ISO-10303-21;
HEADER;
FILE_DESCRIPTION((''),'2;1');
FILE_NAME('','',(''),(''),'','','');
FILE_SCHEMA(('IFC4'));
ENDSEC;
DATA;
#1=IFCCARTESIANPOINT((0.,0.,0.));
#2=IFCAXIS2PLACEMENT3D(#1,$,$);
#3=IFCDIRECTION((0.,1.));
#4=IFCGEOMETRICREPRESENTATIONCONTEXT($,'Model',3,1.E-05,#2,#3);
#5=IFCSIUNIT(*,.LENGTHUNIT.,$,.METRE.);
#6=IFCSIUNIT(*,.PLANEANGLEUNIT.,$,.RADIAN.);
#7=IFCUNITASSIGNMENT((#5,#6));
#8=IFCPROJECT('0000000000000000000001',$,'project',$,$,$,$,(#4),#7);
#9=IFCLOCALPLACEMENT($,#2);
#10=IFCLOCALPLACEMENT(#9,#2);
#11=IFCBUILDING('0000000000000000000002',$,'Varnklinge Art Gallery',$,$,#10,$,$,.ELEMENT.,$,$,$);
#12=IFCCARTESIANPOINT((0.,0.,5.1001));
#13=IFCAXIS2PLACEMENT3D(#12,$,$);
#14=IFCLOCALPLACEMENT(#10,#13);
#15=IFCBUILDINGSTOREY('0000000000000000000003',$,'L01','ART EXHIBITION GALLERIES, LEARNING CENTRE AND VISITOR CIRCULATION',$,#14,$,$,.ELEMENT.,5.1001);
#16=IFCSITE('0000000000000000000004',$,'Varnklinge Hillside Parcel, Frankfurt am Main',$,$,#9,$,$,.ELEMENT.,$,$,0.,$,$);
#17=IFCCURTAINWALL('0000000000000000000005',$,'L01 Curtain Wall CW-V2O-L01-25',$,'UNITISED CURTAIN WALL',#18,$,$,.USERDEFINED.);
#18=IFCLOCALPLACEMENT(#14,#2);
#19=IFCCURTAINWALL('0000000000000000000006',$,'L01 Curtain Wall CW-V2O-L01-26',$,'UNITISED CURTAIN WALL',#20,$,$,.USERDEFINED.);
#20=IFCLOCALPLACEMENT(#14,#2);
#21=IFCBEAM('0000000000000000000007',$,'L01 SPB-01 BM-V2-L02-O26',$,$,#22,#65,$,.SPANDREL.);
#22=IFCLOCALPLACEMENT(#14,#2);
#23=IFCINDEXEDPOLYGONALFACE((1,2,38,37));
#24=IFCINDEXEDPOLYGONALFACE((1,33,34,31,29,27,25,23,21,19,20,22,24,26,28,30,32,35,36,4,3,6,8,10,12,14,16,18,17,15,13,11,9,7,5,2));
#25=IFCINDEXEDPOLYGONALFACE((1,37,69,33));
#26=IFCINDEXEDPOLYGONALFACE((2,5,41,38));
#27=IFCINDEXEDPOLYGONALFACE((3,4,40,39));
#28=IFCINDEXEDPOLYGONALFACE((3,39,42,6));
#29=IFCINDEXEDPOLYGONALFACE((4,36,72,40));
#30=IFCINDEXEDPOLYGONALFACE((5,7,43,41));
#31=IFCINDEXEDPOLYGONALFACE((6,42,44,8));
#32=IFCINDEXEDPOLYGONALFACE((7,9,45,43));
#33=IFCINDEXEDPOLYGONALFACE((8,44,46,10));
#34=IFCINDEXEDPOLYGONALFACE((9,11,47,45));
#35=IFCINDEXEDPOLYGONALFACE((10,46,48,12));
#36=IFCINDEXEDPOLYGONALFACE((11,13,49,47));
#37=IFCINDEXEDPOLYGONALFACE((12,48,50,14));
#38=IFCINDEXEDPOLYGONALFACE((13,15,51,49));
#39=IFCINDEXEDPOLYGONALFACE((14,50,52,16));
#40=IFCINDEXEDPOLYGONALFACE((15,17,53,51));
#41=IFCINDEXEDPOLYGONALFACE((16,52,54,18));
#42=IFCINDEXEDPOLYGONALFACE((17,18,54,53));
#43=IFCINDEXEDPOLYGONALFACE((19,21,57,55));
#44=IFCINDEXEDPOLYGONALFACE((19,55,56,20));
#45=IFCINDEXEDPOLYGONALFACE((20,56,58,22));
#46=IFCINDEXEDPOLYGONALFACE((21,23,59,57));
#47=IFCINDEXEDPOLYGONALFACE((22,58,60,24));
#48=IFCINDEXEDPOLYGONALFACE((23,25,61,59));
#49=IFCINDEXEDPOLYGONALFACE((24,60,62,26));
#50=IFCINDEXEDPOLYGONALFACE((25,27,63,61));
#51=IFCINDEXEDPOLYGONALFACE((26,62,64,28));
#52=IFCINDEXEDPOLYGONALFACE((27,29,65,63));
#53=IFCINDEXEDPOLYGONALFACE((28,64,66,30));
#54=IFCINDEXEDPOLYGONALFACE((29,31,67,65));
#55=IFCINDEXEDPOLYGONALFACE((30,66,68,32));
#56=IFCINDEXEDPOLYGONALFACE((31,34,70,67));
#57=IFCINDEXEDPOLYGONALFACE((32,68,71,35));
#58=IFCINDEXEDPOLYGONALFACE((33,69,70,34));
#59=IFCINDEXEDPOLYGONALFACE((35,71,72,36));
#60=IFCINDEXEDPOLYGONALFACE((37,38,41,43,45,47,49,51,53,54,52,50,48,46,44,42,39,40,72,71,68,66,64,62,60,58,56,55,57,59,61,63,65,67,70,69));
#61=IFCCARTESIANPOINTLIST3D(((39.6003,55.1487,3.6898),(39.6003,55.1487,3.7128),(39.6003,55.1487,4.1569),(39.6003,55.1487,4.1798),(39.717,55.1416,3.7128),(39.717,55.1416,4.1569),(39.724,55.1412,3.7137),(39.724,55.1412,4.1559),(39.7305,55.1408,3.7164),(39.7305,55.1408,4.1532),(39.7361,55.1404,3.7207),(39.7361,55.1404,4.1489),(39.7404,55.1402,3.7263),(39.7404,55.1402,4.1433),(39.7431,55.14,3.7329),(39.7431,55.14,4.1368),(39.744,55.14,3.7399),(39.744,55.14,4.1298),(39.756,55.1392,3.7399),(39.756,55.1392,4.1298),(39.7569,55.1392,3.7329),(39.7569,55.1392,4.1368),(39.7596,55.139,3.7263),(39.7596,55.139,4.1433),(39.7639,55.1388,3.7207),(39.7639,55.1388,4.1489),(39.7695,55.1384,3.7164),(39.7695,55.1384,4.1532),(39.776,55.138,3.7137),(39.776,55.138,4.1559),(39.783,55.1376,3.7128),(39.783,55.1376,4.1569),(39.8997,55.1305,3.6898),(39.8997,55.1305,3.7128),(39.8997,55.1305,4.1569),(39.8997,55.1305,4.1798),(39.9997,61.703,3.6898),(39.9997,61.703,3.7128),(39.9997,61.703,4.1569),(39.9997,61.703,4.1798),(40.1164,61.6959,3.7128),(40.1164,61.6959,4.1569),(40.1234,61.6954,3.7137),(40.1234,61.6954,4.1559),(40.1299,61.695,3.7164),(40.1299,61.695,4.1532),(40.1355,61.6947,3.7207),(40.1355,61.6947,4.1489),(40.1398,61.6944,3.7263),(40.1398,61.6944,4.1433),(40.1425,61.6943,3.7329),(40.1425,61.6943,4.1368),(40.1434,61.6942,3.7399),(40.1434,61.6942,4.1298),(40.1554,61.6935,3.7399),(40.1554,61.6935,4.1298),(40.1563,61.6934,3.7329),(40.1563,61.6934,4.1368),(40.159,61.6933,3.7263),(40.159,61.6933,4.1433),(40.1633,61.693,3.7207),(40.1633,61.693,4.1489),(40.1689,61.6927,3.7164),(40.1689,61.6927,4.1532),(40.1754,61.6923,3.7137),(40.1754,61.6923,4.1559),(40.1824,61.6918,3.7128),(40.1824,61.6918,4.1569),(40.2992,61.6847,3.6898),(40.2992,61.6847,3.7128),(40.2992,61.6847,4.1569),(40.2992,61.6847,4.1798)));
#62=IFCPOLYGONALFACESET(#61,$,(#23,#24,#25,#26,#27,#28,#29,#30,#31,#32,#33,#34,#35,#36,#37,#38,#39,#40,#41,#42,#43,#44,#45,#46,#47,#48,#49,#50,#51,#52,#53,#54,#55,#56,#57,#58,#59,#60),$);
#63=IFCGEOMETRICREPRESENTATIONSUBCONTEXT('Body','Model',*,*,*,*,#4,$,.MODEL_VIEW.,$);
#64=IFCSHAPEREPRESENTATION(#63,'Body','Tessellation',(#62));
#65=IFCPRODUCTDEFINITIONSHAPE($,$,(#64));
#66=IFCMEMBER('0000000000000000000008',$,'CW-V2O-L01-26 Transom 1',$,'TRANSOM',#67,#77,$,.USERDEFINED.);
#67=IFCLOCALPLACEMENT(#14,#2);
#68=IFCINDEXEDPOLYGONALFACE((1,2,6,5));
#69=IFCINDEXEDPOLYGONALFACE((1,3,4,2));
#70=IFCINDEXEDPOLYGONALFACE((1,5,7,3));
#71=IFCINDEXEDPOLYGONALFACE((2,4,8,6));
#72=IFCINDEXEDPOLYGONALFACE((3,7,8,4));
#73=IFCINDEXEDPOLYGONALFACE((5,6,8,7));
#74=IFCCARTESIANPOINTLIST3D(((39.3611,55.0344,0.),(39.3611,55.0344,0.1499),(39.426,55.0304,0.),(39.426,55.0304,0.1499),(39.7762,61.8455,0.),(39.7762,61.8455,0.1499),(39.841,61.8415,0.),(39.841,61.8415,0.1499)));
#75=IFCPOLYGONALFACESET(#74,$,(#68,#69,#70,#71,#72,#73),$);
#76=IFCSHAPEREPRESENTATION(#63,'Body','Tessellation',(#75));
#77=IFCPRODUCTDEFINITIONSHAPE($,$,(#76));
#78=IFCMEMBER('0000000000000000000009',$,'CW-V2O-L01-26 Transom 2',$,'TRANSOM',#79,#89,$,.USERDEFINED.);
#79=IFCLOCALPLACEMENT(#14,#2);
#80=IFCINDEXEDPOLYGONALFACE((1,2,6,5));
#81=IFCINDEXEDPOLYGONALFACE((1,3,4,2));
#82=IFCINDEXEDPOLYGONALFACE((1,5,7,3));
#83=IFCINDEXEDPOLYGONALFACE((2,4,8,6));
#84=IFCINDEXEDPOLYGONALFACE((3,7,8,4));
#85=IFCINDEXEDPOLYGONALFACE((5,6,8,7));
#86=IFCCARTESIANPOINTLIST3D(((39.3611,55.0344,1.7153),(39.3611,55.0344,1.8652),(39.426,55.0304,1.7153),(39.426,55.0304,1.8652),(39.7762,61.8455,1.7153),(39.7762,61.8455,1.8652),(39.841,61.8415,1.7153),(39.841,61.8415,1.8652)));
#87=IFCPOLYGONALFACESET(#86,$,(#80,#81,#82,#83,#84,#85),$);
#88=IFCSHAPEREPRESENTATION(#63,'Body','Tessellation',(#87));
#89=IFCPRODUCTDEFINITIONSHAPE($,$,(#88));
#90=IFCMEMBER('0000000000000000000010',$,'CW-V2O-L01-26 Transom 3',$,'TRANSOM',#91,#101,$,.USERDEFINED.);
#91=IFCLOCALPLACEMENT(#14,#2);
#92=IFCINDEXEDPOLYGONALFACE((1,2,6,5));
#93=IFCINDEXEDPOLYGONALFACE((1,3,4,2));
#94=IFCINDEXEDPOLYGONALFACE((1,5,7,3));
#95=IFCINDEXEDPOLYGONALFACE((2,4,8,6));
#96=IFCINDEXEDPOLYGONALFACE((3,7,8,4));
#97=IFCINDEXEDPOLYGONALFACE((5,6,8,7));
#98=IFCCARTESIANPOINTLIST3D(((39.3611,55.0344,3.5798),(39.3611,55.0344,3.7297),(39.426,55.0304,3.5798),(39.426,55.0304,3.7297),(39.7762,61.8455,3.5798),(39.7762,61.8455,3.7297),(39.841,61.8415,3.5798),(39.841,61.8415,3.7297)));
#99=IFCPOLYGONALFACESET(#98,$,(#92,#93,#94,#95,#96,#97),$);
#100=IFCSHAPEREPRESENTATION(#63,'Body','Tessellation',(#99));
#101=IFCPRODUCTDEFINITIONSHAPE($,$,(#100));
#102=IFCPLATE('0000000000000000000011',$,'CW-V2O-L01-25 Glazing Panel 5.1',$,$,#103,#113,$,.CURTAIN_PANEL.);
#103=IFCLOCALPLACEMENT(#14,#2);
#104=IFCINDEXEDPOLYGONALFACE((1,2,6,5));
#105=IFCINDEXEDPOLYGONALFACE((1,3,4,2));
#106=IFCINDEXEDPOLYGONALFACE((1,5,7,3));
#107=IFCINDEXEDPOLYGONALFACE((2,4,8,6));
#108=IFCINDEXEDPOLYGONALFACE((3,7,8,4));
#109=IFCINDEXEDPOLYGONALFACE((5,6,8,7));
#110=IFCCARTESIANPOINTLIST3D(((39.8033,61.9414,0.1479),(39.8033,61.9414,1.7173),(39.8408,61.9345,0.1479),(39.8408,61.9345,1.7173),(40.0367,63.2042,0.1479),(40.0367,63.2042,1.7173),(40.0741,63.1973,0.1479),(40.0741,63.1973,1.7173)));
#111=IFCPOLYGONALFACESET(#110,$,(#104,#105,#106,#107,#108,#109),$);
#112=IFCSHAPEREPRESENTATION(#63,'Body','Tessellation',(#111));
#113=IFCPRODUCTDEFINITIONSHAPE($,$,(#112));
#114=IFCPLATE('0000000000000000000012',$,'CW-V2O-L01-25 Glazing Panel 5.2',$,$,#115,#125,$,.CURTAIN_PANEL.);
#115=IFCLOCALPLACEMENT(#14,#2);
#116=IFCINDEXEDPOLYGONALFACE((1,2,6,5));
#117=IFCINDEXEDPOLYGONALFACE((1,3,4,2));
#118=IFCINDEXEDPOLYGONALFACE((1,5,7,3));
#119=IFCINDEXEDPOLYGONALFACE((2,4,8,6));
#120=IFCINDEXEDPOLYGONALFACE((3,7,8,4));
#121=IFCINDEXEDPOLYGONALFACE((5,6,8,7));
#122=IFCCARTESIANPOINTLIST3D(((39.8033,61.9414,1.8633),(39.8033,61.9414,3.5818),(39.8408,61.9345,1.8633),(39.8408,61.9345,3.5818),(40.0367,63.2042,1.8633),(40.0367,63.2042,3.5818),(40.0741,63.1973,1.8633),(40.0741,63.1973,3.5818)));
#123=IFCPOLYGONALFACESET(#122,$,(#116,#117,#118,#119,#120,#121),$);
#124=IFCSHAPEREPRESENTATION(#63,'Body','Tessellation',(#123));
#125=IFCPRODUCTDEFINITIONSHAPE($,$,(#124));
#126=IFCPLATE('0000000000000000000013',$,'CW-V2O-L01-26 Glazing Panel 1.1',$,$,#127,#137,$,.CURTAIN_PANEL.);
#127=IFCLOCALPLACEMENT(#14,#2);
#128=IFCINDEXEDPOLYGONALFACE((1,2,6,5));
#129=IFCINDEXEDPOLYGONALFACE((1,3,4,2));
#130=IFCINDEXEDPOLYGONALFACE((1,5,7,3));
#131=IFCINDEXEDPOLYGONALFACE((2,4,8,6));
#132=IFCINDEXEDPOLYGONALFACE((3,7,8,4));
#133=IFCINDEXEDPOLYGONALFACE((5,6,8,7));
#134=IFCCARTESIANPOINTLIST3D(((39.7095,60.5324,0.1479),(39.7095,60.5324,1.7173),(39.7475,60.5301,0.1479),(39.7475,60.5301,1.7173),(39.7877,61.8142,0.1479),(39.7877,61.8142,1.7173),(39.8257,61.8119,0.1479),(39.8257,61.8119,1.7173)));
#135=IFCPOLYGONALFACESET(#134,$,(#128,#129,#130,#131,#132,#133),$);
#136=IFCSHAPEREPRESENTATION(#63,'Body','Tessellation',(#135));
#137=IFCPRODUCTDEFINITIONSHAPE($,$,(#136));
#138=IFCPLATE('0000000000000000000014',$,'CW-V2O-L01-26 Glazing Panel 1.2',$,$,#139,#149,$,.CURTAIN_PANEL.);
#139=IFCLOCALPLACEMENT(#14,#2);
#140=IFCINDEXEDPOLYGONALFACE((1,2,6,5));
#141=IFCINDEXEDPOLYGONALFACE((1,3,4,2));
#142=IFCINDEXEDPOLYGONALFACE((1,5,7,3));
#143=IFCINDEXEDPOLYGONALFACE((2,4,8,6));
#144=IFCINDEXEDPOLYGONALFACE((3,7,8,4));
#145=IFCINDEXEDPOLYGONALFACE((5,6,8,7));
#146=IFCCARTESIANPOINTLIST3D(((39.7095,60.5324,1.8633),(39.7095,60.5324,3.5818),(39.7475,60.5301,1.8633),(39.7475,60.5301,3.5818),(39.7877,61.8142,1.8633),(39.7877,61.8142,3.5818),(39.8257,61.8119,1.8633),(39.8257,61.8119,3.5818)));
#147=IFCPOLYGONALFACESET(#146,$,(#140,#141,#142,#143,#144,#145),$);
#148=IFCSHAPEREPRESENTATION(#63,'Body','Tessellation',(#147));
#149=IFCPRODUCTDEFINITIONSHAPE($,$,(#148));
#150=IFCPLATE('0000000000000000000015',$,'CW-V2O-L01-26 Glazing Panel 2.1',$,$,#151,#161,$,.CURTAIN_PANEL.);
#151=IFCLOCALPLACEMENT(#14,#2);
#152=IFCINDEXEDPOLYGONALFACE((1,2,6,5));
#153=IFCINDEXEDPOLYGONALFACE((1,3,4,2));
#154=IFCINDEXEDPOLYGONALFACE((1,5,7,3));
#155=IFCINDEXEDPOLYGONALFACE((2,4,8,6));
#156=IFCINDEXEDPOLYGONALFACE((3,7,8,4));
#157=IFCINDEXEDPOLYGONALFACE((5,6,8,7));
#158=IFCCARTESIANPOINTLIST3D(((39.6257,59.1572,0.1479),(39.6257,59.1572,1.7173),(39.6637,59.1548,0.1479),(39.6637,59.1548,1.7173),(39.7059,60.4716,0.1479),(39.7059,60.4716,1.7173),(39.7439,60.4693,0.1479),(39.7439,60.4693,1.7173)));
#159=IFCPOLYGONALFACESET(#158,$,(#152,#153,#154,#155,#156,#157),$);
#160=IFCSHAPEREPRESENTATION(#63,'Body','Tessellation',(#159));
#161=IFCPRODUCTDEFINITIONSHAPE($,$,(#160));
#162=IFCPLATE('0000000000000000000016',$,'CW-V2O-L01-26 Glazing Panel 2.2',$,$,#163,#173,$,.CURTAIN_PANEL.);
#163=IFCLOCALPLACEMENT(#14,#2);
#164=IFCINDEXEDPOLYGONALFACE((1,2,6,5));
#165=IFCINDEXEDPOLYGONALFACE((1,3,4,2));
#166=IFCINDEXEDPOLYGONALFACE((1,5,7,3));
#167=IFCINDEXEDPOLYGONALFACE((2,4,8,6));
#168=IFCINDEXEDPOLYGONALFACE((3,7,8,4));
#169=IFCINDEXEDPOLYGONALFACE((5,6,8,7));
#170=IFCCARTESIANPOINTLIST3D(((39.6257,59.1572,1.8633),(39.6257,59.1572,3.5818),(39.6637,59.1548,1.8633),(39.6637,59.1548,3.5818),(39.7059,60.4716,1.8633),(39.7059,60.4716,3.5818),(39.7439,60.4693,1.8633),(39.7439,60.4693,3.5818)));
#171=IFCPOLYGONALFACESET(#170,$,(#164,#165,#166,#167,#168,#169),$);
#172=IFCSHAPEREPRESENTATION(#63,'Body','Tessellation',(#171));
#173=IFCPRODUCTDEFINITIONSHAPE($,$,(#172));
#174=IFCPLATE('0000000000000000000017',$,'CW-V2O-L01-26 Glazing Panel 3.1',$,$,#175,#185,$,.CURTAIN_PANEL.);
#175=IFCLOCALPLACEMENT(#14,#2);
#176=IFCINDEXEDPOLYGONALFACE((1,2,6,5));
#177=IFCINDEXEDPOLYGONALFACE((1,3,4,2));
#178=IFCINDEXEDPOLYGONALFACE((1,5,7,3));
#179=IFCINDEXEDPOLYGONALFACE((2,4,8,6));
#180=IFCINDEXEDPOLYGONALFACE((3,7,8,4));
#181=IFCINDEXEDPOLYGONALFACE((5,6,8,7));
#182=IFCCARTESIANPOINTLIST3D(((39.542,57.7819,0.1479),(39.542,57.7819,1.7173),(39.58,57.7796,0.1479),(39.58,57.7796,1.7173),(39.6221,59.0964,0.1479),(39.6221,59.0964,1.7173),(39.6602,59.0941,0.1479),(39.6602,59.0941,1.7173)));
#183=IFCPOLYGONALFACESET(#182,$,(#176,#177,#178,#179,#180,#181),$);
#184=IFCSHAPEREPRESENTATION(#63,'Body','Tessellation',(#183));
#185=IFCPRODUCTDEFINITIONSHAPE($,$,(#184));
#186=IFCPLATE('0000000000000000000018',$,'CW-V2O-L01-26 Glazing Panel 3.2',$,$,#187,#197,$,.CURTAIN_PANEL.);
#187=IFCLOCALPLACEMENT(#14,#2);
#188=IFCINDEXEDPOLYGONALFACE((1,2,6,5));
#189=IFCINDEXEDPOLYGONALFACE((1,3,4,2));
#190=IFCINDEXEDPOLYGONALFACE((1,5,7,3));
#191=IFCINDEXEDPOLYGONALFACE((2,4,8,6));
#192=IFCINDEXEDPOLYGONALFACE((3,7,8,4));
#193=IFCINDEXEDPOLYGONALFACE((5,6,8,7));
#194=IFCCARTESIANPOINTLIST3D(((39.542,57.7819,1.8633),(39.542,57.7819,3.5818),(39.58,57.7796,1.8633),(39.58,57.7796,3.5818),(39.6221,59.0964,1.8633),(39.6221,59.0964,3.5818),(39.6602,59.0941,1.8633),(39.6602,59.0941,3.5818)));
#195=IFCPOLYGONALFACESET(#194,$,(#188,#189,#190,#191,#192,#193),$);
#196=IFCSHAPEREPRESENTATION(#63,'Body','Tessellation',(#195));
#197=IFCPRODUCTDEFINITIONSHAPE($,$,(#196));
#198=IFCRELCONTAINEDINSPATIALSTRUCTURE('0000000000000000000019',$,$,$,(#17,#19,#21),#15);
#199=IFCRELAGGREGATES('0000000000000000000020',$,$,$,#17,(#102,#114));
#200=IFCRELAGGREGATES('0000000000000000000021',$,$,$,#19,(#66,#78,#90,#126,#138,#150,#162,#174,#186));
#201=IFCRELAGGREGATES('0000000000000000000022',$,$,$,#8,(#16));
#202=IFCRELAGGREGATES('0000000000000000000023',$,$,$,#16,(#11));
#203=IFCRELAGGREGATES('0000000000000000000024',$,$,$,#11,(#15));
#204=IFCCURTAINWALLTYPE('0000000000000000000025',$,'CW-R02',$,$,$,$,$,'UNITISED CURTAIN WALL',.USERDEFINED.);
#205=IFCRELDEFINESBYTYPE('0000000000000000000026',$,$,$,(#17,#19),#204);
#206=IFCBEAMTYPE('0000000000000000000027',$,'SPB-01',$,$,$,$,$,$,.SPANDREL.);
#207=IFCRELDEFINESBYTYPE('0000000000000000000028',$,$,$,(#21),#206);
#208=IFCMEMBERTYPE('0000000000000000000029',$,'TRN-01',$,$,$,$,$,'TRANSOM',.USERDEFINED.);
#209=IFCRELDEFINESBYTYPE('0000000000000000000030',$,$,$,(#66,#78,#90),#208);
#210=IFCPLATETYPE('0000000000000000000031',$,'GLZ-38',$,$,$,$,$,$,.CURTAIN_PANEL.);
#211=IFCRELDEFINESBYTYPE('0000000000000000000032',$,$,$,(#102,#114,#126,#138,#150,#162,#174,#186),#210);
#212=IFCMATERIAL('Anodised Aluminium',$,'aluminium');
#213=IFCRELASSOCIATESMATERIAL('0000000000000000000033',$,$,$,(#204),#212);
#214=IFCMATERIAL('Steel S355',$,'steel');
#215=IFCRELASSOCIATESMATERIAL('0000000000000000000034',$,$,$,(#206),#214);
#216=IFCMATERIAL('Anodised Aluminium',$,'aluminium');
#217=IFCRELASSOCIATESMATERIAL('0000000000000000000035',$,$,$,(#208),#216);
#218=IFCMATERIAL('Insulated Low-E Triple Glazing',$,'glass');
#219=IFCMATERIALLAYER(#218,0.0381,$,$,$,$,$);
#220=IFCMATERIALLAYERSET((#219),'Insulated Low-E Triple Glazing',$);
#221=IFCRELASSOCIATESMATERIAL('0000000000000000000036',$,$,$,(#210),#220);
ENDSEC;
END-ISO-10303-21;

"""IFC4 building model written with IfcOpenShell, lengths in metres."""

from ifc_helpers import new_model, si_unit, direction, frame, origin, origin_2d, place, context, subcontext, project, spatial, rectangle, i_section, extrude, material, layer, layer_set, material_profile, profile_set, type_object, element, aggregate, save


model = new_model("IFC4")

# Units and contexts
model_context = context("Model", 3, precision=1e-05, world=origin(), true_north=direction((0.0, 1.0)))
body_context = subcontext(model_context, "Body", "Model", "MODEL_VIEW")
ifc_project = project(units=[si_unit("LENGTHUNIT", "METRE"), si_unit("PLANEANGLEUNIT", "RADIAN")], contexts=[model_context])

# Site, building, storey
site_placement = place(None, origin())
site = spatial("IfcSite", under=ifc_project, at=site_placement, Name="Varnklinge Hillside Parcel, Frankfurt am Main", CompositionType="ELEMENT", RefElevation=0.0)
building_placement = place(site_placement, origin())
building = spatial("IfcBuilding", under=site, at=building_placement, Name="Varnklinge Art Gallery", CompositionType="ELEMENT")
storey_placement = place(building_placement, frame((0.0, 0.0, 5.1001)))
storey = spatial("IfcBuildingStorey", under=building, at=storey_placement, Name="L01", Description="ART EXHIBITION GALLERIES, LEARNING CENTRE AND VISITOR CIRCULATION", CompositionType="ELEMENT", Elevation=5.1001)

# Curtain wall
ifc_material_1 = material(Name="Anodised Aluminium", Category="aluminium")
curtain_wall_type = type_object("IfcCurtainWallType", Name="CW-R02", ElementType="UNITISED CURTAIN WALL", PredefinedType="USERDEFINED", material=ifc_material_1)
curtain_wall_1_placement = place(storey_placement, origin())
curtain_wall_1 = element("IfcCurtainWall", 1, at=curtain_wall_1_placement, inside=storey, type_object=curtain_wall_type, Name="L01 Curtain Wall CW-V2O-L01-25", ObjectType="UNITISED CURTAIN WALL", PredefinedType="USERDEFINED")

# Curtain wall
curtain_wall_2_placement = place(storey_placement, origin())
curtain_wall_2 = element("IfcCurtainWall", 2, at=curtain_wall_2_placement, inside=storey, type_object=curtain_wall_type, Name="L01 Curtain Wall CW-V2O-L01-26", ObjectType="UNITISED CURTAIN WALL", PredefinedType="USERDEFINED")

# Beam
ifc_material_2 = material(Name="Steel S355", Category="steel")
ifc_material_profile_1 = material_profile(ifc_material_2, i_section(OverallWidth=0.3, OverallDepth=0.49, WebThickness=0.012, FlangeThickness=0.0229, FilletRadius=0.0271, at=origin_2d()), Name="HEA 500")
ifc_profile_set_1 = profile_set([ifc_material_profile_1], Name="Steel S355")
beam_type_1 = type_object("IfcBeamType", Name="SPB-01", PredefinedType="SPANDREL", material=ifc_profile_set_1)
beam_1_placement = place(storey_placement, frame((40.1494, 61.6938, 3.9348), z_axis=(-0.060827, -0.998148, 0.0), x_axis=(0.998148, -0.060827, 0.0)))
element("IfcBeam", 3, at=beam_1_placement, inside=storey, type_object=beam_type_1, Name="L01 SPB-01 BM-V2-L02-O26", PredefinedType="SPANDREL", context=body_context, shape_type="SweptSolid", body=[
    extrude(i_section(OverallWidth=0.3, OverallDepth=0.49, WebThickness=0.012, FlangeThickness=0.0229, FilletRadius=0.0271, at=origin_2d()), origin(), (0.0, 0.0, 1.0), 6.5664),
])

# Members
ifc_material_3 = material(Name="Anodised Aluminium", Category="aluminium")
ifc_material_profile_2 = material_profile(ifc_material_3, rectangle(XDim=0.0649, YDim=0.1499, at=origin_2d()), Name="ALU 65x150")
ifc_profile_set_2 = profile_set([ifc_material_profile_2], Name="Anodised Aluminium")
member_type_1 = type_object("IfcMemberType", Name="TRN-01", ElementType="TRANSOM", PredefinedType="USERDEFINED", material=ifc_profile_set_2)
member_1_placement = place(storey_placement, frame((39.8086, 61.8435, 0.075), z_axis=(-0.060823, -0.998149, 0.0), x_axis=(0.998149, -0.060823, 0.0)))
member_1 = element("IfcMember", 4, at=member_1_placement, type_object=member_type_1, Name="CW-V2O-L01-26 Transom 1", ObjectType="TRANSOM", PredefinedType="USERDEFINED", context=body_context, shape_type="SweptSolid", body=[
    extrude(rectangle(XDim=0.0649, YDim=0.1499, at=origin_2d()), origin(), (0.0, 0.0, 1.0), 6.8237),
])
member_2_placement = place(storey_placement, frame((39.8086, 61.8435, 1.7903), z_axis=(-0.060823, -0.998149, 0.0), x_axis=(0.998149, -0.060823, 0.0)))
member_2 = element("IfcMember", 5, at=member_2_placement, type_object=member_type_1, Name="CW-V2O-L01-26 Transom 2", ObjectType="TRANSOM", PredefinedType="USERDEFINED", context=body_context, shape_type="SweptSolid", body=[
    extrude(rectangle(XDim=0.0649, YDim=0.1499, at=origin_2d()), origin(), (0.0, 0.0, 1.0), 6.8237),
])
member_3_placement = place(storey_placement, frame((39.8086, 61.8435, 3.6548), z_axis=(-0.060823, -0.998149, 0.0), x_axis=(0.998149, -0.060823, 0.0)))
member_3 = element("IfcMember", 6, at=member_3_placement, type_object=member_type_1, Name="CW-V2O-L01-26 Transom 3", ObjectType="TRANSOM", PredefinedType="USERDEFINED", context=body_context, shape_type="SweptSolid", body=[
    extrude(rectangle(XDim=0.0649, YDim=0.1499, at=origin_2d()), origin(), (0.0, 0.0, 1.0), 6.8237),
])

# Plates
ifc_material_4 = material(Name="Insulated Low-E Triple Glazing", Category="glass")
ifc_layer_1 = layer(ifc_material_4, 0.0381)
ifc_layer_set_1 = layer_set([ifc_layer_1], Name="Insulated Low-E Triple Glazing")
plate_type_1 = type_object("IfcPlateType", Name="GLZ-38", PredefinedType="CURTAIN_PANEL", material=ifc_layer_set_1)
plate_1_placement = place(storey_placement, frame((39.9387, 62.5693, 0.1479), z_axis=(0.0, 0.0, 1.0), x_axis=(-0.181721, -0.98335, 0.0)))
plate_1 = element("IfcPlate", 7, at=plate_1_placement, type_object=plate_type_1, Name="CW-V2O-L01-25 Glazing Panel 5.1", PredefinedType="CURTAIN_PANEL", context=body_context, shape_type="SweptSolid", body=[
    extrude(rectangle(XDim=1.2842, YDim=0.0381, at=origin_2d()), origin(), (0.0, 0.0, 1.0), 1.5693),
])
plate_2_placement = place(storey_placement, frame((39.9387, 62.5693, 1.8633), z_axis=(0.0, 0.0, 1.0), x_axis=(-0.181721, -0.98335, 0.0)))
plate_2 = element("IfcPlate", 8, at=plate_2_placement, type_object=plate_type_1, Name="CW-V2O-L01-25 Glazing Panel 5.2", PredefinedType="CURTAIN_PANEL", context=body_context, shape_type="SweptSolid", body=[
    extrude(rectangle(XDim=1.2842, YDim=0.0381, at=origin_2d()), origin(), (0.0, 0.0, 1.0), 1.7185),
])
aggregate(curtain_wall_1, [plate_1, plate_2])
plate_3_placement = place(storey_placement, frame((39.7676, 61.1721, 0.1479), z_axis=(0.0, 0.0, 1.0), x_axis=(-0.060874, -0.998145, 0.0)))
plate_3 = element("IfcPlate", 9, at=plate_3_placement, type_object=plate_type_1, Name="CW-V2O-L01-26 Glazing Panel 1.1", PredefinedType="CURTAIN_PANEL", context=body_context, shape_type="SweptSolid", body=[
    extrude(rectangle(XDim=1.2842, YDim=0.0381, at=origin_2d()), origin(), (0.0, 0.0, 1.0), 1.5693),
])
plate_4_placement = place(storey_placement, frame((39.7676, 61.1721, 1.8633), z_axis=(0.0, 0.0, 1.0), x_axis=(-0.060874, -0.998145, 0.0)))
plate_4 = element("IfcPlate", 10, at=plate_4_placement, type_object=plate_type_1, Name="CW-V2O-L01-26 Glazing Panel 1.2", PredefinedType="CURTAIN_PANEL", context=body_context, shape_type="SweptSolid", body=[
    extrude(rectangle(XDim=1.2842, YDim=0.0381, at=origin_2d()), origin(), (0.0, 0.0, 1.0), 1.7185),
])
plate_5_placement = place(storey_placement, frame((39.6848, 59.8132, 0.1479), z_axis=(0.0, 0.0, 1.0), x_axis=(-0.060874, -0.998145, 0.0)))
plate_5 = element("IfcPlate", 11, at=plate_5_placement, type_object=plate_type_1, Name="CW-V2O-L01-26 Glazing Panel 2.1", PredefinedType="CURTAIN_PANEL", context=body_context, shape_type="SweptSolid", body=[
    extrude(rectangle(XDim=1.3169, YDim=0.0381, at=origin_2d()), origin(), (0.0, 0.0, 1.0), 1.5693),
])
plate_6_placement = place(storey_placement, frame((39.6848, 59.8132, 1.8633), z_axis=(0.0, 0.0, 1.0), x_axis=(-0.060874, -0.998145, 0.0)))
plate_6 = element("IfcPlate", 12, at=plate_6_placement, type_object=plate_type_1, Name="CW-V2O-L01-26 Glazing Panel 2.2", PredefinedType="CURTAIN_PANEL", context=body_context, shape_type="SweptSolid", body=[
    extrude(rectangle(XDim=1.3169, YDim=0.0381, at=origin_2d()), origin(), (0.0, 0.0, 1.0), 1.7185),
])
plate_7_placement = place(storey_placement, frame((39.6011, 58.438, 0.1479), z_axis=(0.0, 0.0, 1.0), x_axis=(-0.060874, -0.998145, 0.0)))
plate_7 = element("IfcPlate", 13, at=plate_7_placement, type_object=plate_type_1, Name="CW-V2O-L01-26 Glazing Panel 3.1", PredefinedType="CURTAIN_PANEL", context=body_context, shape_type="SweptSolid", body=[
    extrude(rectangle(XDim=1.3169, YDim=0.0381, at=origin_2d()), origin(), (0.0, 0.0, 1.0), 1.5693),
])
plate_8_placement = place(storey_placement, frame((39.6011, 58.438, 1.8633), z_axis=(0.0, 0.0, 1.0), x_axis=(-0.060874, -0.998145, 0.0)))
plate_8 = element("IfcPlate", 14, at=plate_8_placement, type_object=plate_type_1, Name="CW-V2O-L01-26 Glazing Panel 3.2", PredefinedType="CURTAIN_PANEL", context=body_context, shape_type="SweptSolid", body=[
    extrude(rectangle(XDim=1.3169, YDim=0.0381, at=origin_2d()), origin(), (0.0, 0.0, 1.0), 1.7185),
])
aggregate(curtain_wall_2, [member_1, member_2, member_3, plate_3, plate_4, plate_5, plate_6, plate_7, plate_8])

save(model, "model.ifc")
